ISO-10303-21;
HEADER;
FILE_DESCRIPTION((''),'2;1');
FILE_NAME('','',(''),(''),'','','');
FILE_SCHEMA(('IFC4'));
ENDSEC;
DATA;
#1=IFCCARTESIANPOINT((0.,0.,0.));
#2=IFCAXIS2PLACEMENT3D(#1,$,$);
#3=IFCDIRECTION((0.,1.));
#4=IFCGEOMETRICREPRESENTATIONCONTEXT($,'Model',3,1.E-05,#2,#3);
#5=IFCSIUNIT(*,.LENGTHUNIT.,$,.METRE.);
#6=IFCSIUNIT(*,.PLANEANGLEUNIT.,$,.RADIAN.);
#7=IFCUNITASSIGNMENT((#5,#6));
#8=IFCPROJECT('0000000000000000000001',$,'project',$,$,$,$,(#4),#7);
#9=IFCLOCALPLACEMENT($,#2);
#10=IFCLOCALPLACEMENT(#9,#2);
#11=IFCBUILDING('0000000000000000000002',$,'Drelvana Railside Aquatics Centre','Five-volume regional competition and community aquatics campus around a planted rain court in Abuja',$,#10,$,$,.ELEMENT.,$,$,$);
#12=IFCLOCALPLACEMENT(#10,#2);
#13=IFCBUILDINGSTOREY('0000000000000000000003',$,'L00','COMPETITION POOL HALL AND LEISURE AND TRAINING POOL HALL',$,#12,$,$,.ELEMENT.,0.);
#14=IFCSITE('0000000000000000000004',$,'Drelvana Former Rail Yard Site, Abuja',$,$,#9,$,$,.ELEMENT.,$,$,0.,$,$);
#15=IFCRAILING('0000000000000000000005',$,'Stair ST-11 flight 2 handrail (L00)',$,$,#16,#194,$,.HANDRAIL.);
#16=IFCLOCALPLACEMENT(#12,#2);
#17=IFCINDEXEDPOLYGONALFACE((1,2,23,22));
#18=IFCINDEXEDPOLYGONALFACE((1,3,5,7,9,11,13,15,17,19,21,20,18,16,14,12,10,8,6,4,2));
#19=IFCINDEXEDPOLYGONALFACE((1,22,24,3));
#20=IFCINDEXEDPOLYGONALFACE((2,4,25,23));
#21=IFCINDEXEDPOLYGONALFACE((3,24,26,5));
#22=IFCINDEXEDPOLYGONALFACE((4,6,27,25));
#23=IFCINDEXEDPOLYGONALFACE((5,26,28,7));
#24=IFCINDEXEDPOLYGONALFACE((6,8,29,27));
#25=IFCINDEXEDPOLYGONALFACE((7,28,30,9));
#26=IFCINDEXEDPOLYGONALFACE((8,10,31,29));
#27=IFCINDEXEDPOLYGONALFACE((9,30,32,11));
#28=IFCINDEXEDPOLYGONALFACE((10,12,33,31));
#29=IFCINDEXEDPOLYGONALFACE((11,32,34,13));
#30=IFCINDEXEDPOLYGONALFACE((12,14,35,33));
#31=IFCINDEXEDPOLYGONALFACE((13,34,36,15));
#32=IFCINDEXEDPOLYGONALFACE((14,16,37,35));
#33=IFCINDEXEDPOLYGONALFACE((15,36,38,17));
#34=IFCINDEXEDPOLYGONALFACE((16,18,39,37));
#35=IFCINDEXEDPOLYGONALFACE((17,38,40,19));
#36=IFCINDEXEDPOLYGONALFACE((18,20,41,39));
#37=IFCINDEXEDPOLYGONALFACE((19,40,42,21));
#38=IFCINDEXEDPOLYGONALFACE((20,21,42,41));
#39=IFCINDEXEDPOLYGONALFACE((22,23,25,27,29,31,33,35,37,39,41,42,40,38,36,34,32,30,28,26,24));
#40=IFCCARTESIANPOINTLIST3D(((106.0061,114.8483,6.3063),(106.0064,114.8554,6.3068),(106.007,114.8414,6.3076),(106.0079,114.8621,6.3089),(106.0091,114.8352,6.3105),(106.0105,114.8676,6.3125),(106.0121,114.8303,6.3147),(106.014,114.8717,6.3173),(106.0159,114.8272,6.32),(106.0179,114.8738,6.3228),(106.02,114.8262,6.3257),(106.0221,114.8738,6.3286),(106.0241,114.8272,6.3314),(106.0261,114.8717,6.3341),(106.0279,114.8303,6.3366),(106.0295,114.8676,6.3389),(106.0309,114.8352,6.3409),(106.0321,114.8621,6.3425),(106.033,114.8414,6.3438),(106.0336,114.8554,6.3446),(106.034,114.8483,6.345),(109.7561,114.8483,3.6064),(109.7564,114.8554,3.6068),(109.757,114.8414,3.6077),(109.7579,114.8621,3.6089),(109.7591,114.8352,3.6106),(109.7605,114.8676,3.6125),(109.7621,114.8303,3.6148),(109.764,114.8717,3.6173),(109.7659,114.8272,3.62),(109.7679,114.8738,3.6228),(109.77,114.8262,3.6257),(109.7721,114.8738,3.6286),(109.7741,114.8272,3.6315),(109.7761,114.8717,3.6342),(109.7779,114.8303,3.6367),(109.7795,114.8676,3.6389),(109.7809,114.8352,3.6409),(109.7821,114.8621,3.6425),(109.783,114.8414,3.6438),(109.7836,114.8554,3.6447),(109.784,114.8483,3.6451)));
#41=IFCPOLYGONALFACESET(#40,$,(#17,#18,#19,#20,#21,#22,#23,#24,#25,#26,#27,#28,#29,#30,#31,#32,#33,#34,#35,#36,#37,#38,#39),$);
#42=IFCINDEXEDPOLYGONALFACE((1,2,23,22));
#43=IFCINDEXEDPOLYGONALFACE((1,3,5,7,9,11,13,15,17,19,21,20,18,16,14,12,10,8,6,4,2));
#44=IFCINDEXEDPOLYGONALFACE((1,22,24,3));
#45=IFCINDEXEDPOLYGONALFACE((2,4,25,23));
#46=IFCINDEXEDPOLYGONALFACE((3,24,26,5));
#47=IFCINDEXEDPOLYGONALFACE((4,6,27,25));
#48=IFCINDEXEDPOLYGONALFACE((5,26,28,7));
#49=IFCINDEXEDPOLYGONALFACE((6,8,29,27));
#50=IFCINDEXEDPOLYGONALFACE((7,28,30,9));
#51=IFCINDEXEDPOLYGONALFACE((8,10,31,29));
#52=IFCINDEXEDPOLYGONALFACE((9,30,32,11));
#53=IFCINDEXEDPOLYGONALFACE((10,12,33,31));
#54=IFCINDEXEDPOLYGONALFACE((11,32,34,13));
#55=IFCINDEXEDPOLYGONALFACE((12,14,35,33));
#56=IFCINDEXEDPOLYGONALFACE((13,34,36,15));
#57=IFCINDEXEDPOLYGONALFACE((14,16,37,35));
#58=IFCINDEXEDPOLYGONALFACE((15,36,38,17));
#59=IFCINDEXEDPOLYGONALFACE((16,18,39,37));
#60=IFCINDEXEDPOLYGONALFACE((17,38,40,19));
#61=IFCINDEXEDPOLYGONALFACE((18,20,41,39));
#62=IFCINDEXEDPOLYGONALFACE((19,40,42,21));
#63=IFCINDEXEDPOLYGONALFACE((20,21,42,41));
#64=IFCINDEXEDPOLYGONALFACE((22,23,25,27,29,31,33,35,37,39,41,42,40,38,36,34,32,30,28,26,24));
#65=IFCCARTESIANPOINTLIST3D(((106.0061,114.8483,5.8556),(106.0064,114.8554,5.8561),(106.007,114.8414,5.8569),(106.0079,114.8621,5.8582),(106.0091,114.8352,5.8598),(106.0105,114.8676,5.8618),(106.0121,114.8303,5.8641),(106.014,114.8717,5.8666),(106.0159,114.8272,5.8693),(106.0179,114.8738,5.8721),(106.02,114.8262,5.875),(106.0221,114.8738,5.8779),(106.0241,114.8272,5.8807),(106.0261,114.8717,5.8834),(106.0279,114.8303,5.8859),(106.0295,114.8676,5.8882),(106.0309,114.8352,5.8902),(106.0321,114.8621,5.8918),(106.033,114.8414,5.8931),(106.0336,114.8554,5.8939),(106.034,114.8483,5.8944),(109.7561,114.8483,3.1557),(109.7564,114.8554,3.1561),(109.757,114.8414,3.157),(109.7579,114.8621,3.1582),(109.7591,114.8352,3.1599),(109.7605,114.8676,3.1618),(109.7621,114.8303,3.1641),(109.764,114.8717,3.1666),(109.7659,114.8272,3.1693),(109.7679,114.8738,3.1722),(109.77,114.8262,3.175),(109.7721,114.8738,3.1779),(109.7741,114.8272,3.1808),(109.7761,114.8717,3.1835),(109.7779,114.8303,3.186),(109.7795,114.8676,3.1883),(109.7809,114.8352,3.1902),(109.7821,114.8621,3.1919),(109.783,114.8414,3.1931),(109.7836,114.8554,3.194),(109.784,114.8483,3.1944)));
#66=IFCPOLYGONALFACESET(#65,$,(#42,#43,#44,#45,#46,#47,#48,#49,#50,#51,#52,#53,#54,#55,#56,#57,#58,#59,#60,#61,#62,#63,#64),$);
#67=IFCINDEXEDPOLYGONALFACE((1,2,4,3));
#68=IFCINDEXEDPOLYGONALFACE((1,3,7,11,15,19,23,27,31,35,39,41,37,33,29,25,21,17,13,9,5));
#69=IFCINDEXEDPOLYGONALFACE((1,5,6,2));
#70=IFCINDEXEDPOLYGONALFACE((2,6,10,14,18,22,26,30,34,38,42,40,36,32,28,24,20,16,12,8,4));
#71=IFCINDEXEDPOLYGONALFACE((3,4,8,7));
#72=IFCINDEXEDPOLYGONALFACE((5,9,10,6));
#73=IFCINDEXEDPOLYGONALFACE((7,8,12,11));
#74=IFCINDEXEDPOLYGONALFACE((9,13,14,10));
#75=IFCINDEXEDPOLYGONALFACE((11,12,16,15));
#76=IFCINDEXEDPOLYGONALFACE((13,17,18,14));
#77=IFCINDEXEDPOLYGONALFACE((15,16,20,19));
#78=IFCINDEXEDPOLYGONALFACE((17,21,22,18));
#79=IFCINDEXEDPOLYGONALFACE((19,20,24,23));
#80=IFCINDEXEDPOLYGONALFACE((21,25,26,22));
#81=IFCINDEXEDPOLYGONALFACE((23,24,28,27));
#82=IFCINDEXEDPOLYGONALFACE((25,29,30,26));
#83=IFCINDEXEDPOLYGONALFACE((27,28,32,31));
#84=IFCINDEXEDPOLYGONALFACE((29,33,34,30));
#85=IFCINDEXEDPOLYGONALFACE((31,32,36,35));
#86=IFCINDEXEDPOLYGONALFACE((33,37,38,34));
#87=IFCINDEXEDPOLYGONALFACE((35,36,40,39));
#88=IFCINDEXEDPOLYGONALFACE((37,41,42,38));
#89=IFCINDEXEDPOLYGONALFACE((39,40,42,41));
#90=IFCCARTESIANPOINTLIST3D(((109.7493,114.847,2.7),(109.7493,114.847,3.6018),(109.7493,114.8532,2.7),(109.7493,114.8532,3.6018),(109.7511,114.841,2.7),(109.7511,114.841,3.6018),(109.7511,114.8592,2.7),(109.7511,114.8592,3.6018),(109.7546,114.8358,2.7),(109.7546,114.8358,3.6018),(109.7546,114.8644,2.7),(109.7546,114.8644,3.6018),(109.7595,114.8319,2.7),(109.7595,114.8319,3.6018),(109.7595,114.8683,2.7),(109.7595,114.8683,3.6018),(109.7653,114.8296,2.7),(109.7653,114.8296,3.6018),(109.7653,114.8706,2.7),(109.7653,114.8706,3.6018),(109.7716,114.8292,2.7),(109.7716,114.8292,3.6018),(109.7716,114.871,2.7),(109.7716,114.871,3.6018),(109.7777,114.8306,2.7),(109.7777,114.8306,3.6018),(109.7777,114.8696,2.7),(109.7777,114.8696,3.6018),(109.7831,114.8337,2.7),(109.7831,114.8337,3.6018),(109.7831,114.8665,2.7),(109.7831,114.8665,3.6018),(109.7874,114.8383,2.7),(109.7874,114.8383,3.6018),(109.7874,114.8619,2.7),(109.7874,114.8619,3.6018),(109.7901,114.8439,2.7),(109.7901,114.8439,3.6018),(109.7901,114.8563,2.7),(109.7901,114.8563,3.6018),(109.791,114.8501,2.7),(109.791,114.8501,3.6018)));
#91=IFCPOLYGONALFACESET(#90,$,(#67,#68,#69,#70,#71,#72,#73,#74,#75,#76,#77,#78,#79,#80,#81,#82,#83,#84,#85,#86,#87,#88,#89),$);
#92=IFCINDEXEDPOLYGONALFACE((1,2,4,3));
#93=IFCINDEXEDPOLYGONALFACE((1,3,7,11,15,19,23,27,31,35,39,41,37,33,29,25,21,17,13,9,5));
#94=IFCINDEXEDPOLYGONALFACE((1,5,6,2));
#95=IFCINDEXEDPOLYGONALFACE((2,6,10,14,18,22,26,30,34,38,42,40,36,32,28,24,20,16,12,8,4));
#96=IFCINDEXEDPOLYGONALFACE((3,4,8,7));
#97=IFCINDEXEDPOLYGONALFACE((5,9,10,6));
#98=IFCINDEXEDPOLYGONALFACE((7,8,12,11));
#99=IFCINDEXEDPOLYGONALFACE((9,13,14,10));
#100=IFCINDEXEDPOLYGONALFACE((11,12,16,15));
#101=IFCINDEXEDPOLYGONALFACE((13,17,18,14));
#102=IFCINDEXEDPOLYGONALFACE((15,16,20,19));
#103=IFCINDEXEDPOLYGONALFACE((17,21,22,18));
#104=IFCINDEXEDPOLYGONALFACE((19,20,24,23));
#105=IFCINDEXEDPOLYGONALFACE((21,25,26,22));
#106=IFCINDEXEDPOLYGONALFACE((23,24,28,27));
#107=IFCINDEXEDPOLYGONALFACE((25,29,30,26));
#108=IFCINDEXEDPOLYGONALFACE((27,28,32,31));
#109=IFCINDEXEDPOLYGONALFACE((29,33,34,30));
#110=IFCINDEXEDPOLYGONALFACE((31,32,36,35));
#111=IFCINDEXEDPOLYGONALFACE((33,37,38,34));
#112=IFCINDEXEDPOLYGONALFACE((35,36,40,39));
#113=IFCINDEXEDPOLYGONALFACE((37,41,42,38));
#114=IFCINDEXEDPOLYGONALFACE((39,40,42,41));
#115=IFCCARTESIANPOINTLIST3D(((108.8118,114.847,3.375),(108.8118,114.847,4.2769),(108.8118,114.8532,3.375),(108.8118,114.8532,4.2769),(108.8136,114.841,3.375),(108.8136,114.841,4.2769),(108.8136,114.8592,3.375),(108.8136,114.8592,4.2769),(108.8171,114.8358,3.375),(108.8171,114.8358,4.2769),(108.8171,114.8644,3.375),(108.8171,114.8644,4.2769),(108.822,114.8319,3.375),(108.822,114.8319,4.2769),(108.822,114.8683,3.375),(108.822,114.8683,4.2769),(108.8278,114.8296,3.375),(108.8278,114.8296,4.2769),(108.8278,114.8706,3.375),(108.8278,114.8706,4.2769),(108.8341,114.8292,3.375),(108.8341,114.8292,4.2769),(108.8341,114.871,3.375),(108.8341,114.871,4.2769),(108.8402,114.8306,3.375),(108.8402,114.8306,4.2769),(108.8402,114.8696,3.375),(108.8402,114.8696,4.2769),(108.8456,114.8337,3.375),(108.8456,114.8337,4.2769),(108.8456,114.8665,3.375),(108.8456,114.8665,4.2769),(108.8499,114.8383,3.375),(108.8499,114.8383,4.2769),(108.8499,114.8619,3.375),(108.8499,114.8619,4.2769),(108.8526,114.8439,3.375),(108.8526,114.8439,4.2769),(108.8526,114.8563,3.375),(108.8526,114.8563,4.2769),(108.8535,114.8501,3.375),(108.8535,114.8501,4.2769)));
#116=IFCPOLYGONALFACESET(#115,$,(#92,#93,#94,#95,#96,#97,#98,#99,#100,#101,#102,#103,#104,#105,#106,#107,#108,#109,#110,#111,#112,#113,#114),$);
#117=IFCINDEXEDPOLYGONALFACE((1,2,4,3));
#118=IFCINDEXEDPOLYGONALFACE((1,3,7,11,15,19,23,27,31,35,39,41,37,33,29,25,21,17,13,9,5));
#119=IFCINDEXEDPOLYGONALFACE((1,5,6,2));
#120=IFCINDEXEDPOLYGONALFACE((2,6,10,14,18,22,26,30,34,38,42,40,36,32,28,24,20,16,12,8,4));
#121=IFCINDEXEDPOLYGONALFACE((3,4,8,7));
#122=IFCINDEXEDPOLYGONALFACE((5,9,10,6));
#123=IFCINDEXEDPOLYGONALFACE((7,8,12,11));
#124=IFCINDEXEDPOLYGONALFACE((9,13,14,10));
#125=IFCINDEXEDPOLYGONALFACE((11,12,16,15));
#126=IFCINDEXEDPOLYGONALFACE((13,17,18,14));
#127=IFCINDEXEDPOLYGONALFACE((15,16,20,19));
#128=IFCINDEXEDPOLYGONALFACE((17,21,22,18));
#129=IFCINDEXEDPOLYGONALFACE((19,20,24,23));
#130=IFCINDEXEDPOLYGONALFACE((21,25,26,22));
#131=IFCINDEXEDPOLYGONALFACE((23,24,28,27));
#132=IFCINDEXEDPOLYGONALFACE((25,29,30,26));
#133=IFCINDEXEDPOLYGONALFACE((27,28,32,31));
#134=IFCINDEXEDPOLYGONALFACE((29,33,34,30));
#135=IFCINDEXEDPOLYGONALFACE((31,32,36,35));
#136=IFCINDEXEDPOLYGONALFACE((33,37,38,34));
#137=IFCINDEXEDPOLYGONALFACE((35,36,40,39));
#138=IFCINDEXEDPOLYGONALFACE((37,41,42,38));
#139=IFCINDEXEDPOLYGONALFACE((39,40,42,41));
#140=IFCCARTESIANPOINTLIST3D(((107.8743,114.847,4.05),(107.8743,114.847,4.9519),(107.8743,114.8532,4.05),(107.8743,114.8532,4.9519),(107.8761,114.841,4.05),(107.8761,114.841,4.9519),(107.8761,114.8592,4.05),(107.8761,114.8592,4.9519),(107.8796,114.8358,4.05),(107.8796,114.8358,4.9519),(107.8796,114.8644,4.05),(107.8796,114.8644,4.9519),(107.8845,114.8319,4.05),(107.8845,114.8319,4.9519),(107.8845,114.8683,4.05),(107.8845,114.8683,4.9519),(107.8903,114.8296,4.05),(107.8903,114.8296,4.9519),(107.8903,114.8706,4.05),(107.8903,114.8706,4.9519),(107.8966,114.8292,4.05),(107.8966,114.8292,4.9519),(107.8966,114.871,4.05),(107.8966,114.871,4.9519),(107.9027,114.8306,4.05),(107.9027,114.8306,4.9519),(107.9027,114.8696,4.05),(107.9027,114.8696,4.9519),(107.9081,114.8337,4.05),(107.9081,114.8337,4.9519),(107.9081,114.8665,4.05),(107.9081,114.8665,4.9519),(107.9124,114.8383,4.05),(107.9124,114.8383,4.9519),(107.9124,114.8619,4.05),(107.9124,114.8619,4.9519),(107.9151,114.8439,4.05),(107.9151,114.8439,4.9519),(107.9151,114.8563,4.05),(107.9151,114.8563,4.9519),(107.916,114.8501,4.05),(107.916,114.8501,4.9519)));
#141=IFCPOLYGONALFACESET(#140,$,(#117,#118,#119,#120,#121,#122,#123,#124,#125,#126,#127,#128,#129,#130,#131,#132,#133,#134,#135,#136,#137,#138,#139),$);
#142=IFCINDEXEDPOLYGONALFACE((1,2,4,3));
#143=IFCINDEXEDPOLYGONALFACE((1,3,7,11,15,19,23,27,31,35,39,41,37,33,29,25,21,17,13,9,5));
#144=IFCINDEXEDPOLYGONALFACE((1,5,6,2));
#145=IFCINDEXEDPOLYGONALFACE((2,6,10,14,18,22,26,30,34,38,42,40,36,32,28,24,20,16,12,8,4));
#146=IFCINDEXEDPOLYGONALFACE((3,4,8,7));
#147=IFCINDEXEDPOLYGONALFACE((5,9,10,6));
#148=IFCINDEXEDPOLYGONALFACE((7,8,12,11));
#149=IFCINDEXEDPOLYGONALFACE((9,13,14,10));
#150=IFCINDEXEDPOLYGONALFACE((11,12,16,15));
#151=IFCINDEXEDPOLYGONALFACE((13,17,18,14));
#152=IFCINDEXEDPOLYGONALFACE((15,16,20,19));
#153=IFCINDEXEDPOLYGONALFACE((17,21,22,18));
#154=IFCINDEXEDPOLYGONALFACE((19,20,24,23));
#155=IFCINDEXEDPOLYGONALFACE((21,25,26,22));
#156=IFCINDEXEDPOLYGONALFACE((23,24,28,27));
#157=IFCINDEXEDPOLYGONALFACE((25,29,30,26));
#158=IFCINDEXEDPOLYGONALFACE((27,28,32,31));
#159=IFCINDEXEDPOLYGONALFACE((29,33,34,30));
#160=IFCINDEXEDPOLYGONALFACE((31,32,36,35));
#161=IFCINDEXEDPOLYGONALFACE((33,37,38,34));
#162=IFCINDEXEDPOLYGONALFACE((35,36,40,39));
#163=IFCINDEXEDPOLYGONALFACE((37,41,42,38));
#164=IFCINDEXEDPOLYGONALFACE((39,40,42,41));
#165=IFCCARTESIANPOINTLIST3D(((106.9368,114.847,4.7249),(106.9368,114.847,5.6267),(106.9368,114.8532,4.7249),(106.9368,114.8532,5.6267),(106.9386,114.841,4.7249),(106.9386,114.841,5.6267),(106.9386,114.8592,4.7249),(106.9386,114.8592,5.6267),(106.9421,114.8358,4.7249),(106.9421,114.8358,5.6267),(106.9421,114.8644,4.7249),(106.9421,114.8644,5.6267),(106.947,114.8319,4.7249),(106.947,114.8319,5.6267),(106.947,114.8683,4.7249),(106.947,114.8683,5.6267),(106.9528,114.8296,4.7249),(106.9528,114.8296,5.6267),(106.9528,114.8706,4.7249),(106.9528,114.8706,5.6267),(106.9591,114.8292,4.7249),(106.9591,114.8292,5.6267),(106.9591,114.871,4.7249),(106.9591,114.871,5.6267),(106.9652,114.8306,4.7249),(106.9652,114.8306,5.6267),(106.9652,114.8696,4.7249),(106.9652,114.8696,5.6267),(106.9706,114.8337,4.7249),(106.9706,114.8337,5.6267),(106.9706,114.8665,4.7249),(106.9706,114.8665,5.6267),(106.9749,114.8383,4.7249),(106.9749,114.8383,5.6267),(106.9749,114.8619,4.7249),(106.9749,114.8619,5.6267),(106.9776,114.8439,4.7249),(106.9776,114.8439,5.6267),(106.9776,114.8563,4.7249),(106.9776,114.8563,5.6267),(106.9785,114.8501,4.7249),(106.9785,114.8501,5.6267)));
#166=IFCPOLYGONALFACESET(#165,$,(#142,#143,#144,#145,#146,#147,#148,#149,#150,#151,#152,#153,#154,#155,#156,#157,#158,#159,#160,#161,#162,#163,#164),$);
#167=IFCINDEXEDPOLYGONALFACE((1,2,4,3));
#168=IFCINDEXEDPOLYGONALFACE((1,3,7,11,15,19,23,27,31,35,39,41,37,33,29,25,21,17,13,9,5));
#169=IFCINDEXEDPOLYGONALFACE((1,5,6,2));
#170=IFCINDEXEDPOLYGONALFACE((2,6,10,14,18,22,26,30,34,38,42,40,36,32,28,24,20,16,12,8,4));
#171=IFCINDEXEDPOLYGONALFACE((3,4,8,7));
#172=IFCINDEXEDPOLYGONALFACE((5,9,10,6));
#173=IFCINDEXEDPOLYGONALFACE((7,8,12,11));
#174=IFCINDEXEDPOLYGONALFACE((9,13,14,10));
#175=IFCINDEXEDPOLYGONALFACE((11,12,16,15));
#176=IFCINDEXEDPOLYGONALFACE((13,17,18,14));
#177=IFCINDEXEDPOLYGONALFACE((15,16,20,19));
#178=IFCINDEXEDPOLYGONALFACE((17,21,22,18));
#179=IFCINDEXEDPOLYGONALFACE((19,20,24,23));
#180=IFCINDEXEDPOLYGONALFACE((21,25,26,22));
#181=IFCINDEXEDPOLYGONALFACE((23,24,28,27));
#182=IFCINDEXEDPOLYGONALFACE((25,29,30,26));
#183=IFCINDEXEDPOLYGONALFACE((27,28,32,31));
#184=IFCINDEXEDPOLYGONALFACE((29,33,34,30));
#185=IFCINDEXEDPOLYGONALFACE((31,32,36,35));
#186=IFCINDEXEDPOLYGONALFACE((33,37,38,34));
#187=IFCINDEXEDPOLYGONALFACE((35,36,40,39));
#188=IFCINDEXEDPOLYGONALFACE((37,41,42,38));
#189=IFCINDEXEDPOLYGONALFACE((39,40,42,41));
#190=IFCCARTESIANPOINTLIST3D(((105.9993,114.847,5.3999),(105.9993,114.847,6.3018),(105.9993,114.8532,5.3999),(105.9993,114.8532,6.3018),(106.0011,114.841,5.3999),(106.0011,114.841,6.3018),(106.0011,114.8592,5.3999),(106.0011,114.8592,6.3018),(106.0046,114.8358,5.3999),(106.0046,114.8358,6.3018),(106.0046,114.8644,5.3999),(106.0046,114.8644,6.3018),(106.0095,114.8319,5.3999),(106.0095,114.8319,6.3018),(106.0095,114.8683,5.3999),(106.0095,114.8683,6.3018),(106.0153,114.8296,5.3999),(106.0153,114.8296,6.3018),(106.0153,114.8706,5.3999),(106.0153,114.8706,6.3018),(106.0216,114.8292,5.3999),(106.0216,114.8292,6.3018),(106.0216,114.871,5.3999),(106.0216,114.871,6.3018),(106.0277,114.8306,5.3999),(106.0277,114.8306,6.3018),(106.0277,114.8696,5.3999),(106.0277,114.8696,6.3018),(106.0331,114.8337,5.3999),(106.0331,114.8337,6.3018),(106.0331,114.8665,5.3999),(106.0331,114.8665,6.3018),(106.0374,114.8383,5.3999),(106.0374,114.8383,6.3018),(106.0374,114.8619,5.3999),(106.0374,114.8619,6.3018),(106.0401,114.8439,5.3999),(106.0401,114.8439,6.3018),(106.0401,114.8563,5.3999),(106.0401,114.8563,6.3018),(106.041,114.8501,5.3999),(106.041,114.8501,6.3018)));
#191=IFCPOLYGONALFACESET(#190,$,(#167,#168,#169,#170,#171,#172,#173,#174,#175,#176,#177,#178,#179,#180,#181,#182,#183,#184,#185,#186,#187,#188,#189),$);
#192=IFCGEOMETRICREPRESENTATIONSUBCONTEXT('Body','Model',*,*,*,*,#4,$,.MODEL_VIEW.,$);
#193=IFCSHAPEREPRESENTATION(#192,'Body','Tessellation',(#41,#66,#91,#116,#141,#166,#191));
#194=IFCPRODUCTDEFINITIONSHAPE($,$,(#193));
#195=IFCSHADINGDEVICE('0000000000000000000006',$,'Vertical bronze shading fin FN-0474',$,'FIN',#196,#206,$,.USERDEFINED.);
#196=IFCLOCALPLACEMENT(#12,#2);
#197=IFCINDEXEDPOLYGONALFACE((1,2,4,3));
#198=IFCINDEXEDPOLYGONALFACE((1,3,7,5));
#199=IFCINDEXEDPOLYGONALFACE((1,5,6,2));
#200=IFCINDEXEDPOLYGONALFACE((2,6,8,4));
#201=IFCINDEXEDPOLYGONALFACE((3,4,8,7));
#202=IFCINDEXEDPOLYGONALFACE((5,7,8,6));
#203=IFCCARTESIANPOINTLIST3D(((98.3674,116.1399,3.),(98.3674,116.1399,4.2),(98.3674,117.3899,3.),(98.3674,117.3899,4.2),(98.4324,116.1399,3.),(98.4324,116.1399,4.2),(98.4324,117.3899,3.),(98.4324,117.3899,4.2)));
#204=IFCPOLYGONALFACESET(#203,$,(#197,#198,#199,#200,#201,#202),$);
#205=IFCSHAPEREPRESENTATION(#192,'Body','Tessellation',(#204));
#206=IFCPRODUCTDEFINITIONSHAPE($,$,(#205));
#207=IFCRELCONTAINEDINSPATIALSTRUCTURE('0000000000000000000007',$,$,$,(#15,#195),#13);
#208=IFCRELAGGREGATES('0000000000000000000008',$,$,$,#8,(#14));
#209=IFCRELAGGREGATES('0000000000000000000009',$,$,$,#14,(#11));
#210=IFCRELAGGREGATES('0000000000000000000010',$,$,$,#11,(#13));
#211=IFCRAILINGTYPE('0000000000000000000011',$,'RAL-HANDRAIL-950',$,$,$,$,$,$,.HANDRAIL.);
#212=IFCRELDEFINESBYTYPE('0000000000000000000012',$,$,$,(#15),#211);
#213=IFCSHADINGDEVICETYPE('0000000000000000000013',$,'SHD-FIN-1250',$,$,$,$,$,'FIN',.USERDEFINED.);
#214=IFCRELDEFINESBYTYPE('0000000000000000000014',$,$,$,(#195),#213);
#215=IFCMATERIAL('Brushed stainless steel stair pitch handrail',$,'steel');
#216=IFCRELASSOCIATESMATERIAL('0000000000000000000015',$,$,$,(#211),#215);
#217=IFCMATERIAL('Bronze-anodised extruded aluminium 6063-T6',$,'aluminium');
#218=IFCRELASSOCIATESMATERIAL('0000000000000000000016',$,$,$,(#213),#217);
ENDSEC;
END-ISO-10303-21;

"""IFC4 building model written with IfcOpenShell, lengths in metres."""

from ifc_helpers import new_model, si_unit, direction, frame, origin, origin_2d, place, context, subcontext, project, spatial, rectangle, circle, extrude, material, type_object, element, save


model = new_model("IFC4")

# Units and contexts
model_context = context("Model", 3, precision=1e-05, world=origin(), true_north=direction((0.0, 1.0)))
body_context = subcontext(model_context, "Body", "Model", "MODEL_VIEW")
ifc_project = project(units=[si_unit("LENGTHUNIT", "METRE"), si_unit("PLANEANGLEUNIT", "RADIAN")], contexts=[model_context])

# Site, building, storey
site_placement = place(None, origin())
site = spatial("IfcSite", under=ifc_project, at=site_placement, Name="Drelvana Former Rail Yard Site, Abuja", CompositionType="ELEMENT", RefElevation=0.0)
building_placement = place(site_placement, origin())
building = spatial("IfcBuilding", under=site, at=building_placement, Name="Drelvana Railside Aquatics Centre", Description="Five-volume regional competition and community aquatics campus around a planted rain court in Abuja", CompositionType="ELEMENT")
storey_placement = place(building_placement, origin())
storey = spatial("IfcBuildingStorey", under=building, at=storey_placement, Name="L00", Description="COMPETITION POOL HALL AND LEISURE AND TRAINING POOL HALL", CompositionType="ELEMENT", Elevation=0.0)

# Shared definitions
ifc_material_1 = material(Name="Bronze-anodised extruded aluminium 6063-T6", Category="aluminium")

# Railing
ifc_material_2 = material(Name="Brushed stainless steel stair pitch handrail", Category="steel")
railing_type = type_object("IfcRailingType", Name="RAL-HANDRAIL-950", PredefinedType="HANDRAIL", material=ifc_material_2)
railing_1_placement = place(storey_placement, frame((109.77, 114.8501, 2.7)))
element("IfcRailing", 1, at=railing_1_placement, inside=storey, type_object=railing_type, Name="Stair ST-11 flight 2 handrail (L00)", PredefinedType="HANDRAIL", context=body_context, shape_type="SweptSolid", body=[
    extrude(circle(Radius=0.0239, at=origin_2d()), frame((0.0, 0.0, 0.9258), z_axis=(-0.811539, 0.0, 0.584298), x_axis=(0.0, -1.0, 0.0)), (0.0, 0.0, 1.0), 4.6208),
    extrude(circle(Radius=0.0239, at=origin_2d()), frame((0.0, 0.0, 0.4751), z_axis=(-0.811539, 0.0, 0.584298), x_axis=(0.0, -1.0, 0.0)), (0.0, 0.0, 1.0), 4.6208),
    extrude(circle(Radius=0.021, at=origin_2d()), origin(), (0.0, 0.0, 1.0), 0.9019),
    extrude(circle(Radius=0.021, at=origin_2d()), frame((-0.9375, 0.0, 0.675)), (0.0, 0.0, 1.0), 0.9019),
    extrude(circle(Radius=0.021, at=origin_2d()), frame((-1.875, 0.0, 1.3501)), (0.0, 0.0, 1.0), 0.9019),
    extrude(circle(Radius=0.021, at=origin_2d()), frame((-2.8125, 0.0, 2.0249)), (0.0, 0.0, 1.0), 0.9019),
    extrude(circle(Radius=0.021, at=origin_2d()), frame((-3.75, 0.0, 2.7)), (0.0, 0.0, 1.0), 0.9019),
])

# Shading device
shading_device_type = type_object("IfcShadingDeviceType", Name="SHD-FIN-1250", ElementType="FIN", PredefinedType="USERDEFINED", material=ifc_material_1)
for number, where, z_axis, x_axis, name in (
    (2, (98.3999, 116.7649, 3.0), (0.0, 0.0, 1.0), (0.0, 1.0, 0.0), "Vertical bronze shading fin FN-0474"),
):
    element("IfcShadingDevice", number, at=place(storey_placement, frame(where, z_axis=z_axis, x_axis=x_axis)), inside=storey, type_object=shading_device_type, Name=name, ObjectType="FIN", PredefinedType="USERDEFINED", context=body_context, shape_type="SweptSolid", body=[
        extrude(rectangle(XDim=1.25, YDim=0.0649, at=origin_2d()), origin(), (0.0, 0.0, 1.0), 1.2),
    ])

save(model, "model.ifc")
